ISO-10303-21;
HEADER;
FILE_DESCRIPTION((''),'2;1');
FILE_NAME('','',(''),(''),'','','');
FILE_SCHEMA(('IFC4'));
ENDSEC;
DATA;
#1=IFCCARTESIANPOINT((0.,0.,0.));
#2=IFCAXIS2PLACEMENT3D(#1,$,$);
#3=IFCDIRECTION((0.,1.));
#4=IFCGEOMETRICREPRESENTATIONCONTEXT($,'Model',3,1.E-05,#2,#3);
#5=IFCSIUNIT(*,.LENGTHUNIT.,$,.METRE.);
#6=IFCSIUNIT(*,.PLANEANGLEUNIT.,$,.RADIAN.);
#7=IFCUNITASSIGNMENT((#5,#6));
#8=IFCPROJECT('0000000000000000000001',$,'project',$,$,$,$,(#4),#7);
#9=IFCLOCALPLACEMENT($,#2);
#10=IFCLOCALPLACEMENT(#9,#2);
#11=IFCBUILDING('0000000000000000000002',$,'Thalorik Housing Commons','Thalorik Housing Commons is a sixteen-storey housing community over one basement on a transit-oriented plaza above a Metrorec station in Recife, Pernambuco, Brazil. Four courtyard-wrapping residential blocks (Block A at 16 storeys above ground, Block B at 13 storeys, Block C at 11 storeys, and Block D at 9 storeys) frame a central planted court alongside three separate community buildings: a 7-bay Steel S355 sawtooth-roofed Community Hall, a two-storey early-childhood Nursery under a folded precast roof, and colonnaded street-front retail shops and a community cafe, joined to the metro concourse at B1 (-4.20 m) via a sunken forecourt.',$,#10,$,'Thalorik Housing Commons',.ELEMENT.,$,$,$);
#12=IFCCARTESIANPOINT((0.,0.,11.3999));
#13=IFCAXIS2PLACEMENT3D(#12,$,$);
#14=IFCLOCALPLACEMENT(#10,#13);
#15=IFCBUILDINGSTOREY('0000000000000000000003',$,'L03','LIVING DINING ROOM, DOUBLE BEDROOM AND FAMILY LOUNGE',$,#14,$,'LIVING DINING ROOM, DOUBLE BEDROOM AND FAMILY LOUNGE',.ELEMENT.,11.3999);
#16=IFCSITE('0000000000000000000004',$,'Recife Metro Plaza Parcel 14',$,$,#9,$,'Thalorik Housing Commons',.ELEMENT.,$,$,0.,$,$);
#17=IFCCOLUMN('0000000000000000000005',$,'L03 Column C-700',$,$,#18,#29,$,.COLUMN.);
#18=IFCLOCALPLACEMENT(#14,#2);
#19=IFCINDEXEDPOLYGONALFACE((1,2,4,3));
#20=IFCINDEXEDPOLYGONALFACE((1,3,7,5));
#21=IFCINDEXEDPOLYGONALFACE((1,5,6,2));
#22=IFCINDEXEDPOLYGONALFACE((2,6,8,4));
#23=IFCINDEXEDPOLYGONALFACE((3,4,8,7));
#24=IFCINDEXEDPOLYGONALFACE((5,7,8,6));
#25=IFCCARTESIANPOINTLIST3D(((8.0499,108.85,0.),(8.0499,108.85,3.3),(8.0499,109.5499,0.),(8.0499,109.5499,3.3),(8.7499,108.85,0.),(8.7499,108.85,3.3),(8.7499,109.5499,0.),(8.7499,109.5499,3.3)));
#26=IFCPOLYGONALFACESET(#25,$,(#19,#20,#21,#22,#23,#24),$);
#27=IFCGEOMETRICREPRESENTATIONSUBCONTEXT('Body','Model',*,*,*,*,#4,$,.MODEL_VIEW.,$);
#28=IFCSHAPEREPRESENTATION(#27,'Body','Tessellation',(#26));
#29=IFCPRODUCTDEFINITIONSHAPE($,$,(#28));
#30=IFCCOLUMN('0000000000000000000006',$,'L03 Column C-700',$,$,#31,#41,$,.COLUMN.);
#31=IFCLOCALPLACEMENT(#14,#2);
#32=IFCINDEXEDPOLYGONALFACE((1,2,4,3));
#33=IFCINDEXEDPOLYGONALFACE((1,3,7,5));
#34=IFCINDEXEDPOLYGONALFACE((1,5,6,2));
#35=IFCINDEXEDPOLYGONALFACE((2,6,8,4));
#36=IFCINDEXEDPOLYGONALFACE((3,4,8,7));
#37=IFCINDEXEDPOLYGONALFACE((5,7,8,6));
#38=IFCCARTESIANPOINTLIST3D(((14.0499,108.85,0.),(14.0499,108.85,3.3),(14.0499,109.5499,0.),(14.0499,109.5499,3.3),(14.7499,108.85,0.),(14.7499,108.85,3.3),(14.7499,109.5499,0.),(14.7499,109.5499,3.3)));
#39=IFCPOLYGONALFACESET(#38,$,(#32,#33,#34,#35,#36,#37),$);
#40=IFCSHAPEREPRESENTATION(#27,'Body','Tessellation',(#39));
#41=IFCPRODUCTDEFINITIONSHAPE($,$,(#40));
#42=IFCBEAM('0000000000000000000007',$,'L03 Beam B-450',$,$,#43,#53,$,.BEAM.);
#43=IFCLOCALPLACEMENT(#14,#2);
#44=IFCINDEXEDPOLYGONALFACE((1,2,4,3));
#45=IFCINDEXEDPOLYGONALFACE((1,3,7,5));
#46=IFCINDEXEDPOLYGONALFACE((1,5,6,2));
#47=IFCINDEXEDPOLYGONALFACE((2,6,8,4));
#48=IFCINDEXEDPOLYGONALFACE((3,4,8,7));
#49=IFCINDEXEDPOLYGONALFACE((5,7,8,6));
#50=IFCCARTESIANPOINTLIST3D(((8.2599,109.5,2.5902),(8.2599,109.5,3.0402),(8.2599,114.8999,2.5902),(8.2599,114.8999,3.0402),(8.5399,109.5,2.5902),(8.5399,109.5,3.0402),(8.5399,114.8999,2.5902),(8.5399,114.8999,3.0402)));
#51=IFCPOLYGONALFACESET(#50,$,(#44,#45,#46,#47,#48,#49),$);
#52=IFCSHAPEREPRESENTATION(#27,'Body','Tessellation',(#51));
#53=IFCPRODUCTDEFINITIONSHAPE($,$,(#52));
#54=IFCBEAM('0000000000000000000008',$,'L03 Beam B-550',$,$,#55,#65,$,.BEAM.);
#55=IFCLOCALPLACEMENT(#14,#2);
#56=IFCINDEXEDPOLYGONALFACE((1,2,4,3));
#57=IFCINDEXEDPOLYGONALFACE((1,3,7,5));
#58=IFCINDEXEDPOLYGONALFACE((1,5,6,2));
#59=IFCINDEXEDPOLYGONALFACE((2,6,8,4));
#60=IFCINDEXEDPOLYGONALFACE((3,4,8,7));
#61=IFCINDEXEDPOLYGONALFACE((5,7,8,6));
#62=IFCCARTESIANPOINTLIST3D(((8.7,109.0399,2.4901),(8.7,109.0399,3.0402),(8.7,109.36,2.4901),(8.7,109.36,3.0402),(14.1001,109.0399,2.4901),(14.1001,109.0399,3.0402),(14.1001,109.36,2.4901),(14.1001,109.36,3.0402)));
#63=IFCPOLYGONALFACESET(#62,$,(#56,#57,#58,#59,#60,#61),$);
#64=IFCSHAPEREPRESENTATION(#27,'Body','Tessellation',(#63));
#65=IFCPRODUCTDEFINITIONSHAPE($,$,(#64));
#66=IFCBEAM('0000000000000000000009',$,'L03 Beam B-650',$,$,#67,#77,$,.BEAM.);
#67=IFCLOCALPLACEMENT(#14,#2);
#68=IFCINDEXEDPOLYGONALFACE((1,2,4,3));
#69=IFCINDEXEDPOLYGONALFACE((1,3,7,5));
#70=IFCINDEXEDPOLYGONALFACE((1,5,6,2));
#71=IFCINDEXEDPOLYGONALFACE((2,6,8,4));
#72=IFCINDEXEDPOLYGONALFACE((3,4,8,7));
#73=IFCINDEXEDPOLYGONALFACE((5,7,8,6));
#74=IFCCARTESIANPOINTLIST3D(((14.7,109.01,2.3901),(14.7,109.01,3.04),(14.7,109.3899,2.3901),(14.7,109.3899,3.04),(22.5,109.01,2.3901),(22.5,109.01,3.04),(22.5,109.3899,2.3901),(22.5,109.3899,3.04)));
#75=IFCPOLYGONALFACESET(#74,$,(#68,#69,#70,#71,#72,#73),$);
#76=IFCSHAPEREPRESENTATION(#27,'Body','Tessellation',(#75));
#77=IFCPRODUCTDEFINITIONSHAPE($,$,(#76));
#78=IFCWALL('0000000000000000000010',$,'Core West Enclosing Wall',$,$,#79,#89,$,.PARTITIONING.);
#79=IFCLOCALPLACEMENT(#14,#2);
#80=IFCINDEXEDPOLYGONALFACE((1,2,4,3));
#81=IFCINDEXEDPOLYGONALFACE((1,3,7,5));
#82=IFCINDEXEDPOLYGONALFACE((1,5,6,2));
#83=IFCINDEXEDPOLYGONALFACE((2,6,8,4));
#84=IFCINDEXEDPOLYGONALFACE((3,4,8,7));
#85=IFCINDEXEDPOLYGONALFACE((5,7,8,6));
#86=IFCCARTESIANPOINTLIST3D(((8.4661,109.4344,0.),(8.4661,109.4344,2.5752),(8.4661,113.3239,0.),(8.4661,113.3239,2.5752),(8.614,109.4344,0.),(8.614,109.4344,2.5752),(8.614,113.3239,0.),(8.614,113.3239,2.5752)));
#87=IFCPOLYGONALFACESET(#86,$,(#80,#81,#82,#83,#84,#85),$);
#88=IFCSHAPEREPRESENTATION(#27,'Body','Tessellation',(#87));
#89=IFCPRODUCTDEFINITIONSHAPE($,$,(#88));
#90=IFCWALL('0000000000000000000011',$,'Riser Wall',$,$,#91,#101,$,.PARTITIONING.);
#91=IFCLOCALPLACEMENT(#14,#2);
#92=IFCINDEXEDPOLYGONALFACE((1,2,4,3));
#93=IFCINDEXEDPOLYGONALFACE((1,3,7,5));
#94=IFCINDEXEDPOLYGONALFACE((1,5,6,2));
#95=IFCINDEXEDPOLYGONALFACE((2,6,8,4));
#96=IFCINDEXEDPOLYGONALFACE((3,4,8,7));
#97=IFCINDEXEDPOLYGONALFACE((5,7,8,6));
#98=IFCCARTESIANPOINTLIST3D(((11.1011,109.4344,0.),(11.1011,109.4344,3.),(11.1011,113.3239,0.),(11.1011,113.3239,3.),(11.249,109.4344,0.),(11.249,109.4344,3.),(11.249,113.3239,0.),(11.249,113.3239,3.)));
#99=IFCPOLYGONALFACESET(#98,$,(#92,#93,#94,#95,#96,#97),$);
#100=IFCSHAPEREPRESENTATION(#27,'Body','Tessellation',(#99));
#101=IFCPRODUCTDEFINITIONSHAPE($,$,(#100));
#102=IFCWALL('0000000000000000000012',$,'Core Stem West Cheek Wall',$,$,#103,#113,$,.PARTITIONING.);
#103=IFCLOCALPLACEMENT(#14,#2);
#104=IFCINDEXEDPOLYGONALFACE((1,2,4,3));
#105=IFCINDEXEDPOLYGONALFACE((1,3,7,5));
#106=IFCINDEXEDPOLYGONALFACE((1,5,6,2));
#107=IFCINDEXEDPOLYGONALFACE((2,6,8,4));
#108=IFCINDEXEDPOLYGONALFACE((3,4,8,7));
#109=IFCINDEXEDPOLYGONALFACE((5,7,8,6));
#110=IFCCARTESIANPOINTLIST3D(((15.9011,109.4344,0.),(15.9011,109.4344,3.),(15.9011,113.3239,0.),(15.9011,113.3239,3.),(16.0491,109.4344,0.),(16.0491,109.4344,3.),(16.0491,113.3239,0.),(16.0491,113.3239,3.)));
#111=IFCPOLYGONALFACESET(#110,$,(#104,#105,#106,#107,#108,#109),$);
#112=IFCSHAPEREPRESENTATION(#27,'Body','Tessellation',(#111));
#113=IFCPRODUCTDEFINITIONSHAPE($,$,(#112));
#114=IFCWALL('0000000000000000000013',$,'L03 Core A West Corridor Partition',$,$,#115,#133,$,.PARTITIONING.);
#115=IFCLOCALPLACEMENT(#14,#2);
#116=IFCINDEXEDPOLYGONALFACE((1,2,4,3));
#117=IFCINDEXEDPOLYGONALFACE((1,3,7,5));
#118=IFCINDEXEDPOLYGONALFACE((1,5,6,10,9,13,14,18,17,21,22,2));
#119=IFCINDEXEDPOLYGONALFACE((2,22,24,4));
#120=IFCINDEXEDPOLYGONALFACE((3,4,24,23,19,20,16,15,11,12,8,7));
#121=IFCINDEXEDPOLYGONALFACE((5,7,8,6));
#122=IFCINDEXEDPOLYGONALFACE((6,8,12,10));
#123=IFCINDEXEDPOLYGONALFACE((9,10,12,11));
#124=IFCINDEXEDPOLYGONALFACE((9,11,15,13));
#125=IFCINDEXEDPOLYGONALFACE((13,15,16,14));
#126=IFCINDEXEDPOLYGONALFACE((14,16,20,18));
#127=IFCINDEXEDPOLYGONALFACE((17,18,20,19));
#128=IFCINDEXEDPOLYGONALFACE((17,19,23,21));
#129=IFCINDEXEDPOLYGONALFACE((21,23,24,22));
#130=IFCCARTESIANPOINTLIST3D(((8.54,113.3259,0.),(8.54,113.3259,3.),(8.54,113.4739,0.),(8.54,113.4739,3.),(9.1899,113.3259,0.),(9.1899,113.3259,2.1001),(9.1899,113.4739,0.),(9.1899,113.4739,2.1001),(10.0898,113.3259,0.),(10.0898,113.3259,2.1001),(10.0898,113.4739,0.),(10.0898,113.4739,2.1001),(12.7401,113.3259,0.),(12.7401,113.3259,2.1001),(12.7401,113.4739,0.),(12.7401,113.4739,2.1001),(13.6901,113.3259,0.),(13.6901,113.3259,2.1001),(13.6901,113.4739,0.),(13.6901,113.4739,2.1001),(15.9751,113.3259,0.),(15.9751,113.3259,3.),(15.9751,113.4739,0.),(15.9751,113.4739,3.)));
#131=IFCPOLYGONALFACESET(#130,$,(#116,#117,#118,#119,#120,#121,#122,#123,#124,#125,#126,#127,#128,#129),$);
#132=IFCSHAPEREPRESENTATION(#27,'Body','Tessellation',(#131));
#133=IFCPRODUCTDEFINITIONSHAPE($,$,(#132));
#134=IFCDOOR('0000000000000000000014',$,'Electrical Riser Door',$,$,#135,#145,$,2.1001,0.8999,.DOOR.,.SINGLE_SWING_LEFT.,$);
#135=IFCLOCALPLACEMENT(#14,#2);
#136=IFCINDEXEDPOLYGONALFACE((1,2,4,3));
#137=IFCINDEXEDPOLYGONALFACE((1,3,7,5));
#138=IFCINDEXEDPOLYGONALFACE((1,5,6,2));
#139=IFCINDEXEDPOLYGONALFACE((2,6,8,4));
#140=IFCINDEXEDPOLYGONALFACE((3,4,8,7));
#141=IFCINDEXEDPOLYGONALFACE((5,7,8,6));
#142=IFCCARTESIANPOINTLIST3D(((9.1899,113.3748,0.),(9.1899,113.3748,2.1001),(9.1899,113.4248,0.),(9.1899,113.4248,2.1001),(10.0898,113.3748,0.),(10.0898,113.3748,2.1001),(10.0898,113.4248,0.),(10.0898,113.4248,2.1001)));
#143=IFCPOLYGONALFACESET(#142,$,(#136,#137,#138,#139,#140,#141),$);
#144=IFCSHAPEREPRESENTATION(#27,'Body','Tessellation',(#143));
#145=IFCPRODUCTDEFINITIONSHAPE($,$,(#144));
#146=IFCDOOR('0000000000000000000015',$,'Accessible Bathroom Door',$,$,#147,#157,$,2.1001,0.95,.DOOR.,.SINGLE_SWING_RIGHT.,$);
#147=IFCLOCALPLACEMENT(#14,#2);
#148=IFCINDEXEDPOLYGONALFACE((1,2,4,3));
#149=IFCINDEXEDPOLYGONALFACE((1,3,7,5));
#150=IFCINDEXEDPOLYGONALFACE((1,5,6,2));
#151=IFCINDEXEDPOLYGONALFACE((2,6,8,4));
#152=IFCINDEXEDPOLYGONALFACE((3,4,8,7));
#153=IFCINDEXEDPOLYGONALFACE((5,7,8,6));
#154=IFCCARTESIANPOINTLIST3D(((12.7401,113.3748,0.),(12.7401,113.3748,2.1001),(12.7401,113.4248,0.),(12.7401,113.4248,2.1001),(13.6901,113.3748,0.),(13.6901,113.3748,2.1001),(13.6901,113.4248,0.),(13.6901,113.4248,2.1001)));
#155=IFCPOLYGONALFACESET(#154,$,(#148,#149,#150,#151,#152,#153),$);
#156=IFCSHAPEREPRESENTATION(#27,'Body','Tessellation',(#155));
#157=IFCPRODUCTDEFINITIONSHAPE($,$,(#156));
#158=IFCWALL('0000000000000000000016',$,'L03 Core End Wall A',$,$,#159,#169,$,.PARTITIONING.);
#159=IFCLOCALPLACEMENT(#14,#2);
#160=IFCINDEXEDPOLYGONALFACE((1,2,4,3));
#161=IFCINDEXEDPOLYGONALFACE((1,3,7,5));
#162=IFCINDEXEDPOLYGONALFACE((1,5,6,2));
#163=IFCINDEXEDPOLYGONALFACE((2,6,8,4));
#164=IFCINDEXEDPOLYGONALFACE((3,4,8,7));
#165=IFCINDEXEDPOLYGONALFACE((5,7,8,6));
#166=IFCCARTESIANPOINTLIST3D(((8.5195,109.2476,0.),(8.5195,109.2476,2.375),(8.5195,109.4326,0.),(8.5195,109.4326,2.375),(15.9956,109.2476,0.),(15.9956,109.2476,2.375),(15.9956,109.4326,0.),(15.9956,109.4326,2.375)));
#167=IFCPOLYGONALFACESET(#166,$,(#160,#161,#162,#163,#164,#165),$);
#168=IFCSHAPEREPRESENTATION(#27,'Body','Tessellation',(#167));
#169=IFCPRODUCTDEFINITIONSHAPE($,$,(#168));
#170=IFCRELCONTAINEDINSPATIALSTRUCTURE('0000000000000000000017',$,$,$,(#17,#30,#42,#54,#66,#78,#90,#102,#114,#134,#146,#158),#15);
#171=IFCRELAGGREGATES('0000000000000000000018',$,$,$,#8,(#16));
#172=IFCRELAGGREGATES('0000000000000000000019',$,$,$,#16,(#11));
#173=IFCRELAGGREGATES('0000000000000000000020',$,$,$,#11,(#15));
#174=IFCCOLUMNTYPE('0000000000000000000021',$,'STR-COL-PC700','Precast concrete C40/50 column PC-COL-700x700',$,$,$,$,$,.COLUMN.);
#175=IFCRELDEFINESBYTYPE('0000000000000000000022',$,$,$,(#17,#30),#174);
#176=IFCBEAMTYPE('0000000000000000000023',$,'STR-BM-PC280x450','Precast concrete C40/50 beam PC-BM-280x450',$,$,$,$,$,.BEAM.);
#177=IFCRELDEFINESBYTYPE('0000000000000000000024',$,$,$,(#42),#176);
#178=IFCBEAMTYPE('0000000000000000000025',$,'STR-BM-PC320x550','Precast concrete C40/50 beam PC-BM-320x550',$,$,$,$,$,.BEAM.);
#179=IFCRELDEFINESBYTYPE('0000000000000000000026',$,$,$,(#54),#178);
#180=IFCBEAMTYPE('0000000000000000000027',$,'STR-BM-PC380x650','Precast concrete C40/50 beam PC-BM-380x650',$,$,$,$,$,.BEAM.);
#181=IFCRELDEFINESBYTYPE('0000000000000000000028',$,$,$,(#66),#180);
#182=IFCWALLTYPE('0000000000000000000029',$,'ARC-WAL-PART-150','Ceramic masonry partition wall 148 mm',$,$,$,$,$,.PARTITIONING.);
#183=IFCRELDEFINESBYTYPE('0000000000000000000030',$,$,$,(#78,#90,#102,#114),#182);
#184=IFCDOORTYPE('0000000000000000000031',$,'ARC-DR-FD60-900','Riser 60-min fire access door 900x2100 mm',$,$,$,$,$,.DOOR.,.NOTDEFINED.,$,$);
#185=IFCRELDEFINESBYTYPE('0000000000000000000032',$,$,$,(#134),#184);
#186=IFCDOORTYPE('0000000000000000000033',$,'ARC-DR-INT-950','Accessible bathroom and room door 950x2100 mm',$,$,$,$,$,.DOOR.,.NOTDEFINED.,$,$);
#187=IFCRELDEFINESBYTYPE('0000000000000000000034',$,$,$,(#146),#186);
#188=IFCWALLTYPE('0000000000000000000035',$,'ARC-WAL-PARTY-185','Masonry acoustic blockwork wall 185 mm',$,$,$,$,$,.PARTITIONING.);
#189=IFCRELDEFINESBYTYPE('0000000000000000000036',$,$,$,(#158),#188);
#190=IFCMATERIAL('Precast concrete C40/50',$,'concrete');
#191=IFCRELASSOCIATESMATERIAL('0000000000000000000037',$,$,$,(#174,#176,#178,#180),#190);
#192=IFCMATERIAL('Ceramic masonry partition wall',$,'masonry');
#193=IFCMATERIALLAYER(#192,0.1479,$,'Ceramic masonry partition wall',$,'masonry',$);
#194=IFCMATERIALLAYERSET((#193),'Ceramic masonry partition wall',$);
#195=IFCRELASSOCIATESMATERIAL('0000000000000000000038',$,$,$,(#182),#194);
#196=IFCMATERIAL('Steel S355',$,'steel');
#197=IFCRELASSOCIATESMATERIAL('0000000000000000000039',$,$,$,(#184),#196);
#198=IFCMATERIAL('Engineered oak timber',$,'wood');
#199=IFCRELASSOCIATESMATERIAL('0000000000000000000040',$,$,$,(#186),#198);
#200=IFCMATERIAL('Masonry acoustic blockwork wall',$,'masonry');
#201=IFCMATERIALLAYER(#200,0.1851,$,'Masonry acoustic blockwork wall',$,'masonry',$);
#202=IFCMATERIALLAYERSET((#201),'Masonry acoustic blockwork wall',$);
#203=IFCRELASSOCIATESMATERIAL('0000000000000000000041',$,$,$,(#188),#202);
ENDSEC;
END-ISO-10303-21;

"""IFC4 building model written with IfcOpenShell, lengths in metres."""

from ifc_helpers import new_model, si_unit, direction, frame, frame_2d, origin, origin_2d, place, context, subcontext, project, spatial, rectangle, extrude, material, layer, layer_set, material_profile, profile_set, type_object, element, fill, save


model = new_model("IFC4")

# Units and contexts
model_context = context("Model", 3, precision=1e-05, world=origin(), true_north=direction((0.0, 1.0)))
body_context = subcontext(model_context, "Body", "Model", "MODEL_VIEW")
ifc_project = project(units=[si_unit("LENGTHUNIT", "METRE"), si_unit("PLANEANGLEUNIT", "RADIAN")], contexts=[model_context])

# Site, building, storey
site_placement = place(None, origin())
site = spatial("IfcSite", under=ifc_project, at=site_placement, Name="Recife Metro Plaza Parcel 14", LongName="Thalorik Housing Commons", CompositionType="ELEMENT", RefElevation=0.0)
building_placement = place(site_placement, origin())
building = spatial("IfcBuilding", under=site, at=building_placement, Name="Thalorik Housing Commons", Description="Thalorik Housing Commons is a sixteen-storey housing community over one basement on a transit-oriented plaza above a Metrorec station in Recife, Pernambuco, Brazil. Four courtyard-wrapping residential blocks (Block A at 16 storeys above ground, Block B at 13 storeys, Block C at 11 storeys, and Block D at 9 storeys) frame a central planted court alongside three separate community buildings: a 7-bay Steel S355 sawtooth-roofed Community Hall, a two-storey early-childhood Nursery under a folded precast roof, and colonnaded street-front retail shops and a community cafe, joined to the metro concourse at B1 (-4.20 m) via a sunken forecourt.", LongName="Thalorik Housing Commons", CompositionType="ELEMENT")
storey_placement = place(building_placement, frame((0.0, 0.0, 11.3999)))
storey = spatial("IfcBuildingStorey", under=building, at=storey_placement, Name="L03", Description="LIVING DINING ROOM, DOUBLE BEDROOM AND FAMILY LOUNGE", LongName="LIVING DINING ROOM, DOUBLE BEDROOM AND FAMILY LOUNGE", CompositionType="ELEMENT", Elevation=11.3999)

# Columns
ifc_material_1 = material(Name="Precast concrete C40/50", Category="concrete")
ifc_material_profile_1 = material_profile(ifc_material_1, rectangle(XDim=0.7, YDim=0.7, at=origin_2d()), Name="PC 700x700", Category="concrete")
ifc_profile_set_1 = profile_set([ifc_material_profile_1], Name="Precast concrete C40/50")
column_type = type_object("IfcColumnType", Name="STR-COL-PC700", Description="Precast concrete C40/50 column PC-COL-700x700", PredefinedType="COLUMN", material=ifc_profile_set_1)
for number, where, z_axis, x_axis, name in (
    (1, (8.3999, 109.2, 0.0), (0.0, 0.0, 1.0), (1.0, 0.0, 0.0), "L03 Column C-700"),
    (2, (14.3999, 109.2, 0.0), (0.0, 0.0, 1.0), (1.0, 0.0, 0.0), "L03 Column C-700"),
):
    element("IfcColumn", number, at=place(storey_placement, frame(where, z_axis=z_axis, x_axis=x_axis)), inside=storey, type_object=column_type, Name=name, PredefinedType="COLUMN", context=body_context, shape_type="SweptSolid", body=[
        extrude(rectangle(XDim=0.7, YDim=0.7, at=origin_2d()), origin(), (0.0, 0.0, 1.0), 3.3),
    ])

# Beams
ifc_material_profile_2 = material_profile(ifc_material_1, rectangle(XDim=0.28, YDim=0.45, at=origin_2d()), Name="PC 280x450", Category="concrete")
ifc_profile_set_2 = profile_set([ifc_material_profile_2], Name="Precast concrete C40/50")
beam_type_1 = type_object("IfcBeamType", Name="STR-BM-PC280x450", Description="Precast concrete C40/50 beam PC-BM-280x450", PredefinedType="BEAM", material=ifc_profile_set_2)
beam_1_placement = place(storey_placement, frame((8.3999, 109.5, 2.8152), z_axis=(0.0, 1.0, 0.0), x_axis=(-1.0, 0.0, 0.0)))
element("IfcBeam", 3, at=beam_1_placement, inside=storey, type_object=beam_type_1, Name="L03 Beam B-450", PredefinedType="BEAM", context=body_context, shape_type="SweptSolid", body=[
    extrude(rectangle(XDim=0.28, YDim=0.45, at=origin_2d()), origin(), (0.0, 0.0, 1.0), 5.3999),
])
ifc_material_profile_3 = material_profile(ifc_material_1, rectangle(XDim=0.3201, YDim=0.55, at=origin_2d()), Name="PC 320x550", Category="concrete")
ifc_profile_set_3 = profile_set([ifc_material_profile_3], Name="Precast concrete C40/50")
beam_type_2 = type_object("IfcBeamType", Name="STR-BM-PC320x550", Description="Precast concrete C40/50 beam PC-BM-320x550", PredefinedType="BEAM", material=ifc_profile_set_3)
beam_2_placement = place(storey_placement, frame((8.7, 109.2, 2.7651), z_axis=(1.0, 0.0, 0.0), x_axis=(0.0, 1.0, 0.0)))
element("IfcBeam", 4, at=beam_2_placement, inside=storey, type_object=beam_type_2, Name="L03 Beam B-550", PredefinedType="BEAM", context=body_context, shape_type="SweptSolid", body=[
    extrude(rectangle(XDim=0.3201, YDim=0.55, at=origin_2d()), origin(), (0.0, 0.0, 1.0), 5.4001),
])
ifc_material_profile_4 = material_profile(ifc_material_1, rectangle(XDim=0.3799, YDim=0.6499, at=origin_2d()), Name="PC 380x650", Category="concrete")
ifc_profile_set_4 = profile_set([ifc_material_profile_4], Name="Precast concrete C40/50")
beam_type_3 = type_object("IfcBeamType", Name="STR-BM-PC380x650", Description="Precast concrete C40/50 beam PC-BM-380x650", PredefinedType="BEAM", material=ifc_profile_set_4)
beam_3_placement = place(storey_placement, frame((14.7, 109.2, 2.7151), z_axis=(1.0, 0.0, 0.0), x_axis=(0.0, 1.0, 0.0)))
element("IfcBeam", 5, at=beam_3_placement, inside=storey, type_object=beam_type_3, Name="L03 Beam B-650", PredefinedType="BEAM", context=body_context, shape_type="SweptSolid", body=[
    extrude(rectangle(XDim=0.3799, YDim=0.6499, at=origin_2d()), origin(), (0.0, 0.0, 1.0), 7.8),
])

# Walls
ifc_material_2 = material(Name="Ceramic masonry partition wall", Category="masonry")
ifc_layer_1 = layer(ifc_material_2, 0.1479, Name="Ceramic masonry partition wall", Category="masonry")
ifc_layer_set_1 = layer_set([ifc_layer_1], Name="Ceramic masonry partition wall")
wall_type_1 = type_object("IfcWallType", Name="ARC-WAL-PART-150", Description="Ceramic masonry partition wall 148 mm", PredefinedType="PARTITIONING", material=ifc_layer_set_1)
wall_1_placement = place(storey_placement, frame((8.54, 113.324, 0.0), z_axis=(0.0, 0.0, 1.0), x_axis=(0.0, -1.0, 0.0)))
element("IfcWall", 6, at=wall_1_placement, inside=storey, type_object=wall_type_1, Name="Core West Enclosing Wall", PredefinedType="PARTITIONING", context=body_context, shape_type="SweptSolid", body=[
    extrude(rectangle(XDim=3.8894, YDim=0.1479, at=frame_2d((1.9448, 0.0))), origin(), (0.0, 0.0, 1.0), 2.5752),
])
for number, where, z_axis, x_axis, name in (
    (7, (11.175, 113.324, 0.0), (0.0, 0.0, 1.0), (0.0, -1.0, 0.0), "Riser Wall"),
    (8, (15.9751, 113.324, 0.0), (0.0, 0.0, 1.0), (0.0, -1.0, 0.0), "Core Stem West Cheek Wall"),
):
    element("IfcWall", number, at=place(storey_placement, frame(where, z_axis=z_axis, x_axis=x_axis)), inside=storey, type_object=wall_type_1, Name=name, PredefinedType="PARTITIONING", context=body_context, shape_type="SweptSolid", body=[
        extrude(rectangle(XDim=3.8894, YDim=0.1479, at=frame_2d((1.9448, 0.0))), origin(), (0.0, 0.0, 1.0), 3.0),
    ])

# Wall, openings, doors
wall_2_placement = place(storey_placement, frame((8.54, 113.3999, 0.0), z_axis=(0.0, 0.0, 1.0), x_axis=(1.0, 0.0, 0.0)))
wall_2 = element("IfcWall", 9, at=wall_2_placement, inside=storey, type_object=wall_type_1, Name="L03 Core A West Corridor Partition", PredefinedType="PARTITIONING", context=body_context, shape_type="SweptSolid", body=[
    extrude(rectangle(XDim=7.4351, YDim=0.1479, at=frame_2d((3.7175, 0.0))), origin(), (0.0, 0.0, 1.0), 3.0),
])
opening_1_placement = place(wall_2_placement, frame((0.6499, 0.0, 0.0)))
opening_1 = element("IfcOpeningElement", 10, at=opening_1_placement, cuts=wall_2, PredefinedType="OPENING", context=body_context, shape_type="SweptSolid", body=[
    extrude(rectangle(XDim=0.8999, YDim=2.1001, at=frame_2d((0.45, 1.05))), frame((0.0, 0.084, 0.0), z_axis=(0.0, -1.0, 0.0), x_axis=(1.0, 0.0, 0.0)), (0.0, 0.0, 1.0), 0.168),
])
opening_2_placement = place(wall_2_placement, frame((4.2, 0.0, 0.0)))
opening_2 = element("IfcOpeningElement", 11, at=opening_2_placement, cuts=wall_2, PredefinedType="OPENING", context=body_context, shape_type="SweptSolid", body=[
    extrude(rectangle(XDim=0.95, YDim=2.1001, at=frame_2d((0.4751, 1.05))), frame((0.0, 0.084, 0.0), z_axis=(0.0, -1.0, 0.0), x_axis=(1.0, 0.0, 0.0)), (0.0, 0.0, 1.0), 0.168),
])
ifc_material_3 = material(Name="Steel S355", Category="steel")
door_type_1 = type_object("IfcDoorType", Name="ARC-DR-FD60-900", Description="Riser 60-min fire access door 900x2100 mm", OperationType="NOTDEFINED", PredefinedType="DOOR", material=ifc_material_3)
door_1_placement = place(opening_1_placement, origin())
door_1 = element("IfcDoor", 12, at=door_1_placement, inside=storey, type_object=door_type_1, Name="Electrical Riser Door", OperationType="SINGLE_SWING_LEFT", OverallHeight=2.1001, OverallWidth=0.8999, PredefinedType="DOOR", context=body_context, shape_type="SweptSolid", body=[
    extrude(rectangle(XDim=0.8999, YDim=2.1001, at=frame_2d((0.45, 1.05))), frame((0.0, 0.0249, 0.0), z_axis=(0.0, -1.0, 0.0), x_axis=(1.0, 0.0, 0.0)), (0.0, 0.0, 1.0), 0.05),
])
fill(opening_1, door_1)
ifc_material_4 = material(Name="Engineered oak timber", Category="wood")
door_type_2 = type_object("IfcDoorType", Name="ARC-DR-INT-950", Description="Accessible bathroom and room door 950x2100 mm", OperationType="NOTDEFINED", PredefinedType="DOOR", material=ifc_material_4)
door_2_placement = place(opening_2_placement, origin())
door_2 = element("IfcDoor", 13, at=door_2_placement, inside=storey, type_object=door_type_2, Name="Accessible Bathroom Door", OperationType="SINGLE_SWING_RIGHT", OverallHeight=2.1001, OverallWidth=0.95, PredefinedType="DOOR", context=body_context, shape_type="SweptSolid", body=[
    extrude(rectangle(XDim=0.95, YDim=2.1001, at=frame_2d((0.4751, 1.05))), frame((0.0, 0.0249, 0.0), z_axis=(0.0, -1.0, 0.0), x_axis=(1.0, 0.0, 0.0)), (0.0, 0.0, 1.0), 0.05),
])
fill(opening_2, door_2)

# Wall
ifc_material_5 = material(Name="Masonry acoustic blockwork wall", Category="masonry")
ifc_layer_2 = layer(ifc_material_5, 0.1851, Name="Masonry acoustic blockwork wall", Category="masonry")
ifc_layer_set_2 = layer_set([ifc_layer_2], Name="Masonry acoustic blockwork wall")
wall_type_2 = type_object("IfcWallType", Name="ARC-WAL-PARTY-185", Description="Masonry acoustic blockwork wall 185 mm", PredefinedType="PARTITIONING", material=ifc_layer_set_2)
wall_3_placement = place(storey_placement, frame((8.5195, 109.3401, 0.0), z_axis=(0.0, 0.0, 1.0), x_axis=(1.0, 0.0, 0.0)))
element("IfcWall", 14, at=wall_3_placement, inside=storey, type_object=wall_type_2, Name="L03 Core End Wall A", PredefinedType="PARTITIONING", context=body_context, shape_type="SweptSolid", body=[
    extrude(rectangle(XDim=7.4761, YDim=0.1851, at=frame_2d((3.738, 0.0))), origin(), (0.0, 0.0, 1.0), 2.375),
])

save(model, "model.ifc")
